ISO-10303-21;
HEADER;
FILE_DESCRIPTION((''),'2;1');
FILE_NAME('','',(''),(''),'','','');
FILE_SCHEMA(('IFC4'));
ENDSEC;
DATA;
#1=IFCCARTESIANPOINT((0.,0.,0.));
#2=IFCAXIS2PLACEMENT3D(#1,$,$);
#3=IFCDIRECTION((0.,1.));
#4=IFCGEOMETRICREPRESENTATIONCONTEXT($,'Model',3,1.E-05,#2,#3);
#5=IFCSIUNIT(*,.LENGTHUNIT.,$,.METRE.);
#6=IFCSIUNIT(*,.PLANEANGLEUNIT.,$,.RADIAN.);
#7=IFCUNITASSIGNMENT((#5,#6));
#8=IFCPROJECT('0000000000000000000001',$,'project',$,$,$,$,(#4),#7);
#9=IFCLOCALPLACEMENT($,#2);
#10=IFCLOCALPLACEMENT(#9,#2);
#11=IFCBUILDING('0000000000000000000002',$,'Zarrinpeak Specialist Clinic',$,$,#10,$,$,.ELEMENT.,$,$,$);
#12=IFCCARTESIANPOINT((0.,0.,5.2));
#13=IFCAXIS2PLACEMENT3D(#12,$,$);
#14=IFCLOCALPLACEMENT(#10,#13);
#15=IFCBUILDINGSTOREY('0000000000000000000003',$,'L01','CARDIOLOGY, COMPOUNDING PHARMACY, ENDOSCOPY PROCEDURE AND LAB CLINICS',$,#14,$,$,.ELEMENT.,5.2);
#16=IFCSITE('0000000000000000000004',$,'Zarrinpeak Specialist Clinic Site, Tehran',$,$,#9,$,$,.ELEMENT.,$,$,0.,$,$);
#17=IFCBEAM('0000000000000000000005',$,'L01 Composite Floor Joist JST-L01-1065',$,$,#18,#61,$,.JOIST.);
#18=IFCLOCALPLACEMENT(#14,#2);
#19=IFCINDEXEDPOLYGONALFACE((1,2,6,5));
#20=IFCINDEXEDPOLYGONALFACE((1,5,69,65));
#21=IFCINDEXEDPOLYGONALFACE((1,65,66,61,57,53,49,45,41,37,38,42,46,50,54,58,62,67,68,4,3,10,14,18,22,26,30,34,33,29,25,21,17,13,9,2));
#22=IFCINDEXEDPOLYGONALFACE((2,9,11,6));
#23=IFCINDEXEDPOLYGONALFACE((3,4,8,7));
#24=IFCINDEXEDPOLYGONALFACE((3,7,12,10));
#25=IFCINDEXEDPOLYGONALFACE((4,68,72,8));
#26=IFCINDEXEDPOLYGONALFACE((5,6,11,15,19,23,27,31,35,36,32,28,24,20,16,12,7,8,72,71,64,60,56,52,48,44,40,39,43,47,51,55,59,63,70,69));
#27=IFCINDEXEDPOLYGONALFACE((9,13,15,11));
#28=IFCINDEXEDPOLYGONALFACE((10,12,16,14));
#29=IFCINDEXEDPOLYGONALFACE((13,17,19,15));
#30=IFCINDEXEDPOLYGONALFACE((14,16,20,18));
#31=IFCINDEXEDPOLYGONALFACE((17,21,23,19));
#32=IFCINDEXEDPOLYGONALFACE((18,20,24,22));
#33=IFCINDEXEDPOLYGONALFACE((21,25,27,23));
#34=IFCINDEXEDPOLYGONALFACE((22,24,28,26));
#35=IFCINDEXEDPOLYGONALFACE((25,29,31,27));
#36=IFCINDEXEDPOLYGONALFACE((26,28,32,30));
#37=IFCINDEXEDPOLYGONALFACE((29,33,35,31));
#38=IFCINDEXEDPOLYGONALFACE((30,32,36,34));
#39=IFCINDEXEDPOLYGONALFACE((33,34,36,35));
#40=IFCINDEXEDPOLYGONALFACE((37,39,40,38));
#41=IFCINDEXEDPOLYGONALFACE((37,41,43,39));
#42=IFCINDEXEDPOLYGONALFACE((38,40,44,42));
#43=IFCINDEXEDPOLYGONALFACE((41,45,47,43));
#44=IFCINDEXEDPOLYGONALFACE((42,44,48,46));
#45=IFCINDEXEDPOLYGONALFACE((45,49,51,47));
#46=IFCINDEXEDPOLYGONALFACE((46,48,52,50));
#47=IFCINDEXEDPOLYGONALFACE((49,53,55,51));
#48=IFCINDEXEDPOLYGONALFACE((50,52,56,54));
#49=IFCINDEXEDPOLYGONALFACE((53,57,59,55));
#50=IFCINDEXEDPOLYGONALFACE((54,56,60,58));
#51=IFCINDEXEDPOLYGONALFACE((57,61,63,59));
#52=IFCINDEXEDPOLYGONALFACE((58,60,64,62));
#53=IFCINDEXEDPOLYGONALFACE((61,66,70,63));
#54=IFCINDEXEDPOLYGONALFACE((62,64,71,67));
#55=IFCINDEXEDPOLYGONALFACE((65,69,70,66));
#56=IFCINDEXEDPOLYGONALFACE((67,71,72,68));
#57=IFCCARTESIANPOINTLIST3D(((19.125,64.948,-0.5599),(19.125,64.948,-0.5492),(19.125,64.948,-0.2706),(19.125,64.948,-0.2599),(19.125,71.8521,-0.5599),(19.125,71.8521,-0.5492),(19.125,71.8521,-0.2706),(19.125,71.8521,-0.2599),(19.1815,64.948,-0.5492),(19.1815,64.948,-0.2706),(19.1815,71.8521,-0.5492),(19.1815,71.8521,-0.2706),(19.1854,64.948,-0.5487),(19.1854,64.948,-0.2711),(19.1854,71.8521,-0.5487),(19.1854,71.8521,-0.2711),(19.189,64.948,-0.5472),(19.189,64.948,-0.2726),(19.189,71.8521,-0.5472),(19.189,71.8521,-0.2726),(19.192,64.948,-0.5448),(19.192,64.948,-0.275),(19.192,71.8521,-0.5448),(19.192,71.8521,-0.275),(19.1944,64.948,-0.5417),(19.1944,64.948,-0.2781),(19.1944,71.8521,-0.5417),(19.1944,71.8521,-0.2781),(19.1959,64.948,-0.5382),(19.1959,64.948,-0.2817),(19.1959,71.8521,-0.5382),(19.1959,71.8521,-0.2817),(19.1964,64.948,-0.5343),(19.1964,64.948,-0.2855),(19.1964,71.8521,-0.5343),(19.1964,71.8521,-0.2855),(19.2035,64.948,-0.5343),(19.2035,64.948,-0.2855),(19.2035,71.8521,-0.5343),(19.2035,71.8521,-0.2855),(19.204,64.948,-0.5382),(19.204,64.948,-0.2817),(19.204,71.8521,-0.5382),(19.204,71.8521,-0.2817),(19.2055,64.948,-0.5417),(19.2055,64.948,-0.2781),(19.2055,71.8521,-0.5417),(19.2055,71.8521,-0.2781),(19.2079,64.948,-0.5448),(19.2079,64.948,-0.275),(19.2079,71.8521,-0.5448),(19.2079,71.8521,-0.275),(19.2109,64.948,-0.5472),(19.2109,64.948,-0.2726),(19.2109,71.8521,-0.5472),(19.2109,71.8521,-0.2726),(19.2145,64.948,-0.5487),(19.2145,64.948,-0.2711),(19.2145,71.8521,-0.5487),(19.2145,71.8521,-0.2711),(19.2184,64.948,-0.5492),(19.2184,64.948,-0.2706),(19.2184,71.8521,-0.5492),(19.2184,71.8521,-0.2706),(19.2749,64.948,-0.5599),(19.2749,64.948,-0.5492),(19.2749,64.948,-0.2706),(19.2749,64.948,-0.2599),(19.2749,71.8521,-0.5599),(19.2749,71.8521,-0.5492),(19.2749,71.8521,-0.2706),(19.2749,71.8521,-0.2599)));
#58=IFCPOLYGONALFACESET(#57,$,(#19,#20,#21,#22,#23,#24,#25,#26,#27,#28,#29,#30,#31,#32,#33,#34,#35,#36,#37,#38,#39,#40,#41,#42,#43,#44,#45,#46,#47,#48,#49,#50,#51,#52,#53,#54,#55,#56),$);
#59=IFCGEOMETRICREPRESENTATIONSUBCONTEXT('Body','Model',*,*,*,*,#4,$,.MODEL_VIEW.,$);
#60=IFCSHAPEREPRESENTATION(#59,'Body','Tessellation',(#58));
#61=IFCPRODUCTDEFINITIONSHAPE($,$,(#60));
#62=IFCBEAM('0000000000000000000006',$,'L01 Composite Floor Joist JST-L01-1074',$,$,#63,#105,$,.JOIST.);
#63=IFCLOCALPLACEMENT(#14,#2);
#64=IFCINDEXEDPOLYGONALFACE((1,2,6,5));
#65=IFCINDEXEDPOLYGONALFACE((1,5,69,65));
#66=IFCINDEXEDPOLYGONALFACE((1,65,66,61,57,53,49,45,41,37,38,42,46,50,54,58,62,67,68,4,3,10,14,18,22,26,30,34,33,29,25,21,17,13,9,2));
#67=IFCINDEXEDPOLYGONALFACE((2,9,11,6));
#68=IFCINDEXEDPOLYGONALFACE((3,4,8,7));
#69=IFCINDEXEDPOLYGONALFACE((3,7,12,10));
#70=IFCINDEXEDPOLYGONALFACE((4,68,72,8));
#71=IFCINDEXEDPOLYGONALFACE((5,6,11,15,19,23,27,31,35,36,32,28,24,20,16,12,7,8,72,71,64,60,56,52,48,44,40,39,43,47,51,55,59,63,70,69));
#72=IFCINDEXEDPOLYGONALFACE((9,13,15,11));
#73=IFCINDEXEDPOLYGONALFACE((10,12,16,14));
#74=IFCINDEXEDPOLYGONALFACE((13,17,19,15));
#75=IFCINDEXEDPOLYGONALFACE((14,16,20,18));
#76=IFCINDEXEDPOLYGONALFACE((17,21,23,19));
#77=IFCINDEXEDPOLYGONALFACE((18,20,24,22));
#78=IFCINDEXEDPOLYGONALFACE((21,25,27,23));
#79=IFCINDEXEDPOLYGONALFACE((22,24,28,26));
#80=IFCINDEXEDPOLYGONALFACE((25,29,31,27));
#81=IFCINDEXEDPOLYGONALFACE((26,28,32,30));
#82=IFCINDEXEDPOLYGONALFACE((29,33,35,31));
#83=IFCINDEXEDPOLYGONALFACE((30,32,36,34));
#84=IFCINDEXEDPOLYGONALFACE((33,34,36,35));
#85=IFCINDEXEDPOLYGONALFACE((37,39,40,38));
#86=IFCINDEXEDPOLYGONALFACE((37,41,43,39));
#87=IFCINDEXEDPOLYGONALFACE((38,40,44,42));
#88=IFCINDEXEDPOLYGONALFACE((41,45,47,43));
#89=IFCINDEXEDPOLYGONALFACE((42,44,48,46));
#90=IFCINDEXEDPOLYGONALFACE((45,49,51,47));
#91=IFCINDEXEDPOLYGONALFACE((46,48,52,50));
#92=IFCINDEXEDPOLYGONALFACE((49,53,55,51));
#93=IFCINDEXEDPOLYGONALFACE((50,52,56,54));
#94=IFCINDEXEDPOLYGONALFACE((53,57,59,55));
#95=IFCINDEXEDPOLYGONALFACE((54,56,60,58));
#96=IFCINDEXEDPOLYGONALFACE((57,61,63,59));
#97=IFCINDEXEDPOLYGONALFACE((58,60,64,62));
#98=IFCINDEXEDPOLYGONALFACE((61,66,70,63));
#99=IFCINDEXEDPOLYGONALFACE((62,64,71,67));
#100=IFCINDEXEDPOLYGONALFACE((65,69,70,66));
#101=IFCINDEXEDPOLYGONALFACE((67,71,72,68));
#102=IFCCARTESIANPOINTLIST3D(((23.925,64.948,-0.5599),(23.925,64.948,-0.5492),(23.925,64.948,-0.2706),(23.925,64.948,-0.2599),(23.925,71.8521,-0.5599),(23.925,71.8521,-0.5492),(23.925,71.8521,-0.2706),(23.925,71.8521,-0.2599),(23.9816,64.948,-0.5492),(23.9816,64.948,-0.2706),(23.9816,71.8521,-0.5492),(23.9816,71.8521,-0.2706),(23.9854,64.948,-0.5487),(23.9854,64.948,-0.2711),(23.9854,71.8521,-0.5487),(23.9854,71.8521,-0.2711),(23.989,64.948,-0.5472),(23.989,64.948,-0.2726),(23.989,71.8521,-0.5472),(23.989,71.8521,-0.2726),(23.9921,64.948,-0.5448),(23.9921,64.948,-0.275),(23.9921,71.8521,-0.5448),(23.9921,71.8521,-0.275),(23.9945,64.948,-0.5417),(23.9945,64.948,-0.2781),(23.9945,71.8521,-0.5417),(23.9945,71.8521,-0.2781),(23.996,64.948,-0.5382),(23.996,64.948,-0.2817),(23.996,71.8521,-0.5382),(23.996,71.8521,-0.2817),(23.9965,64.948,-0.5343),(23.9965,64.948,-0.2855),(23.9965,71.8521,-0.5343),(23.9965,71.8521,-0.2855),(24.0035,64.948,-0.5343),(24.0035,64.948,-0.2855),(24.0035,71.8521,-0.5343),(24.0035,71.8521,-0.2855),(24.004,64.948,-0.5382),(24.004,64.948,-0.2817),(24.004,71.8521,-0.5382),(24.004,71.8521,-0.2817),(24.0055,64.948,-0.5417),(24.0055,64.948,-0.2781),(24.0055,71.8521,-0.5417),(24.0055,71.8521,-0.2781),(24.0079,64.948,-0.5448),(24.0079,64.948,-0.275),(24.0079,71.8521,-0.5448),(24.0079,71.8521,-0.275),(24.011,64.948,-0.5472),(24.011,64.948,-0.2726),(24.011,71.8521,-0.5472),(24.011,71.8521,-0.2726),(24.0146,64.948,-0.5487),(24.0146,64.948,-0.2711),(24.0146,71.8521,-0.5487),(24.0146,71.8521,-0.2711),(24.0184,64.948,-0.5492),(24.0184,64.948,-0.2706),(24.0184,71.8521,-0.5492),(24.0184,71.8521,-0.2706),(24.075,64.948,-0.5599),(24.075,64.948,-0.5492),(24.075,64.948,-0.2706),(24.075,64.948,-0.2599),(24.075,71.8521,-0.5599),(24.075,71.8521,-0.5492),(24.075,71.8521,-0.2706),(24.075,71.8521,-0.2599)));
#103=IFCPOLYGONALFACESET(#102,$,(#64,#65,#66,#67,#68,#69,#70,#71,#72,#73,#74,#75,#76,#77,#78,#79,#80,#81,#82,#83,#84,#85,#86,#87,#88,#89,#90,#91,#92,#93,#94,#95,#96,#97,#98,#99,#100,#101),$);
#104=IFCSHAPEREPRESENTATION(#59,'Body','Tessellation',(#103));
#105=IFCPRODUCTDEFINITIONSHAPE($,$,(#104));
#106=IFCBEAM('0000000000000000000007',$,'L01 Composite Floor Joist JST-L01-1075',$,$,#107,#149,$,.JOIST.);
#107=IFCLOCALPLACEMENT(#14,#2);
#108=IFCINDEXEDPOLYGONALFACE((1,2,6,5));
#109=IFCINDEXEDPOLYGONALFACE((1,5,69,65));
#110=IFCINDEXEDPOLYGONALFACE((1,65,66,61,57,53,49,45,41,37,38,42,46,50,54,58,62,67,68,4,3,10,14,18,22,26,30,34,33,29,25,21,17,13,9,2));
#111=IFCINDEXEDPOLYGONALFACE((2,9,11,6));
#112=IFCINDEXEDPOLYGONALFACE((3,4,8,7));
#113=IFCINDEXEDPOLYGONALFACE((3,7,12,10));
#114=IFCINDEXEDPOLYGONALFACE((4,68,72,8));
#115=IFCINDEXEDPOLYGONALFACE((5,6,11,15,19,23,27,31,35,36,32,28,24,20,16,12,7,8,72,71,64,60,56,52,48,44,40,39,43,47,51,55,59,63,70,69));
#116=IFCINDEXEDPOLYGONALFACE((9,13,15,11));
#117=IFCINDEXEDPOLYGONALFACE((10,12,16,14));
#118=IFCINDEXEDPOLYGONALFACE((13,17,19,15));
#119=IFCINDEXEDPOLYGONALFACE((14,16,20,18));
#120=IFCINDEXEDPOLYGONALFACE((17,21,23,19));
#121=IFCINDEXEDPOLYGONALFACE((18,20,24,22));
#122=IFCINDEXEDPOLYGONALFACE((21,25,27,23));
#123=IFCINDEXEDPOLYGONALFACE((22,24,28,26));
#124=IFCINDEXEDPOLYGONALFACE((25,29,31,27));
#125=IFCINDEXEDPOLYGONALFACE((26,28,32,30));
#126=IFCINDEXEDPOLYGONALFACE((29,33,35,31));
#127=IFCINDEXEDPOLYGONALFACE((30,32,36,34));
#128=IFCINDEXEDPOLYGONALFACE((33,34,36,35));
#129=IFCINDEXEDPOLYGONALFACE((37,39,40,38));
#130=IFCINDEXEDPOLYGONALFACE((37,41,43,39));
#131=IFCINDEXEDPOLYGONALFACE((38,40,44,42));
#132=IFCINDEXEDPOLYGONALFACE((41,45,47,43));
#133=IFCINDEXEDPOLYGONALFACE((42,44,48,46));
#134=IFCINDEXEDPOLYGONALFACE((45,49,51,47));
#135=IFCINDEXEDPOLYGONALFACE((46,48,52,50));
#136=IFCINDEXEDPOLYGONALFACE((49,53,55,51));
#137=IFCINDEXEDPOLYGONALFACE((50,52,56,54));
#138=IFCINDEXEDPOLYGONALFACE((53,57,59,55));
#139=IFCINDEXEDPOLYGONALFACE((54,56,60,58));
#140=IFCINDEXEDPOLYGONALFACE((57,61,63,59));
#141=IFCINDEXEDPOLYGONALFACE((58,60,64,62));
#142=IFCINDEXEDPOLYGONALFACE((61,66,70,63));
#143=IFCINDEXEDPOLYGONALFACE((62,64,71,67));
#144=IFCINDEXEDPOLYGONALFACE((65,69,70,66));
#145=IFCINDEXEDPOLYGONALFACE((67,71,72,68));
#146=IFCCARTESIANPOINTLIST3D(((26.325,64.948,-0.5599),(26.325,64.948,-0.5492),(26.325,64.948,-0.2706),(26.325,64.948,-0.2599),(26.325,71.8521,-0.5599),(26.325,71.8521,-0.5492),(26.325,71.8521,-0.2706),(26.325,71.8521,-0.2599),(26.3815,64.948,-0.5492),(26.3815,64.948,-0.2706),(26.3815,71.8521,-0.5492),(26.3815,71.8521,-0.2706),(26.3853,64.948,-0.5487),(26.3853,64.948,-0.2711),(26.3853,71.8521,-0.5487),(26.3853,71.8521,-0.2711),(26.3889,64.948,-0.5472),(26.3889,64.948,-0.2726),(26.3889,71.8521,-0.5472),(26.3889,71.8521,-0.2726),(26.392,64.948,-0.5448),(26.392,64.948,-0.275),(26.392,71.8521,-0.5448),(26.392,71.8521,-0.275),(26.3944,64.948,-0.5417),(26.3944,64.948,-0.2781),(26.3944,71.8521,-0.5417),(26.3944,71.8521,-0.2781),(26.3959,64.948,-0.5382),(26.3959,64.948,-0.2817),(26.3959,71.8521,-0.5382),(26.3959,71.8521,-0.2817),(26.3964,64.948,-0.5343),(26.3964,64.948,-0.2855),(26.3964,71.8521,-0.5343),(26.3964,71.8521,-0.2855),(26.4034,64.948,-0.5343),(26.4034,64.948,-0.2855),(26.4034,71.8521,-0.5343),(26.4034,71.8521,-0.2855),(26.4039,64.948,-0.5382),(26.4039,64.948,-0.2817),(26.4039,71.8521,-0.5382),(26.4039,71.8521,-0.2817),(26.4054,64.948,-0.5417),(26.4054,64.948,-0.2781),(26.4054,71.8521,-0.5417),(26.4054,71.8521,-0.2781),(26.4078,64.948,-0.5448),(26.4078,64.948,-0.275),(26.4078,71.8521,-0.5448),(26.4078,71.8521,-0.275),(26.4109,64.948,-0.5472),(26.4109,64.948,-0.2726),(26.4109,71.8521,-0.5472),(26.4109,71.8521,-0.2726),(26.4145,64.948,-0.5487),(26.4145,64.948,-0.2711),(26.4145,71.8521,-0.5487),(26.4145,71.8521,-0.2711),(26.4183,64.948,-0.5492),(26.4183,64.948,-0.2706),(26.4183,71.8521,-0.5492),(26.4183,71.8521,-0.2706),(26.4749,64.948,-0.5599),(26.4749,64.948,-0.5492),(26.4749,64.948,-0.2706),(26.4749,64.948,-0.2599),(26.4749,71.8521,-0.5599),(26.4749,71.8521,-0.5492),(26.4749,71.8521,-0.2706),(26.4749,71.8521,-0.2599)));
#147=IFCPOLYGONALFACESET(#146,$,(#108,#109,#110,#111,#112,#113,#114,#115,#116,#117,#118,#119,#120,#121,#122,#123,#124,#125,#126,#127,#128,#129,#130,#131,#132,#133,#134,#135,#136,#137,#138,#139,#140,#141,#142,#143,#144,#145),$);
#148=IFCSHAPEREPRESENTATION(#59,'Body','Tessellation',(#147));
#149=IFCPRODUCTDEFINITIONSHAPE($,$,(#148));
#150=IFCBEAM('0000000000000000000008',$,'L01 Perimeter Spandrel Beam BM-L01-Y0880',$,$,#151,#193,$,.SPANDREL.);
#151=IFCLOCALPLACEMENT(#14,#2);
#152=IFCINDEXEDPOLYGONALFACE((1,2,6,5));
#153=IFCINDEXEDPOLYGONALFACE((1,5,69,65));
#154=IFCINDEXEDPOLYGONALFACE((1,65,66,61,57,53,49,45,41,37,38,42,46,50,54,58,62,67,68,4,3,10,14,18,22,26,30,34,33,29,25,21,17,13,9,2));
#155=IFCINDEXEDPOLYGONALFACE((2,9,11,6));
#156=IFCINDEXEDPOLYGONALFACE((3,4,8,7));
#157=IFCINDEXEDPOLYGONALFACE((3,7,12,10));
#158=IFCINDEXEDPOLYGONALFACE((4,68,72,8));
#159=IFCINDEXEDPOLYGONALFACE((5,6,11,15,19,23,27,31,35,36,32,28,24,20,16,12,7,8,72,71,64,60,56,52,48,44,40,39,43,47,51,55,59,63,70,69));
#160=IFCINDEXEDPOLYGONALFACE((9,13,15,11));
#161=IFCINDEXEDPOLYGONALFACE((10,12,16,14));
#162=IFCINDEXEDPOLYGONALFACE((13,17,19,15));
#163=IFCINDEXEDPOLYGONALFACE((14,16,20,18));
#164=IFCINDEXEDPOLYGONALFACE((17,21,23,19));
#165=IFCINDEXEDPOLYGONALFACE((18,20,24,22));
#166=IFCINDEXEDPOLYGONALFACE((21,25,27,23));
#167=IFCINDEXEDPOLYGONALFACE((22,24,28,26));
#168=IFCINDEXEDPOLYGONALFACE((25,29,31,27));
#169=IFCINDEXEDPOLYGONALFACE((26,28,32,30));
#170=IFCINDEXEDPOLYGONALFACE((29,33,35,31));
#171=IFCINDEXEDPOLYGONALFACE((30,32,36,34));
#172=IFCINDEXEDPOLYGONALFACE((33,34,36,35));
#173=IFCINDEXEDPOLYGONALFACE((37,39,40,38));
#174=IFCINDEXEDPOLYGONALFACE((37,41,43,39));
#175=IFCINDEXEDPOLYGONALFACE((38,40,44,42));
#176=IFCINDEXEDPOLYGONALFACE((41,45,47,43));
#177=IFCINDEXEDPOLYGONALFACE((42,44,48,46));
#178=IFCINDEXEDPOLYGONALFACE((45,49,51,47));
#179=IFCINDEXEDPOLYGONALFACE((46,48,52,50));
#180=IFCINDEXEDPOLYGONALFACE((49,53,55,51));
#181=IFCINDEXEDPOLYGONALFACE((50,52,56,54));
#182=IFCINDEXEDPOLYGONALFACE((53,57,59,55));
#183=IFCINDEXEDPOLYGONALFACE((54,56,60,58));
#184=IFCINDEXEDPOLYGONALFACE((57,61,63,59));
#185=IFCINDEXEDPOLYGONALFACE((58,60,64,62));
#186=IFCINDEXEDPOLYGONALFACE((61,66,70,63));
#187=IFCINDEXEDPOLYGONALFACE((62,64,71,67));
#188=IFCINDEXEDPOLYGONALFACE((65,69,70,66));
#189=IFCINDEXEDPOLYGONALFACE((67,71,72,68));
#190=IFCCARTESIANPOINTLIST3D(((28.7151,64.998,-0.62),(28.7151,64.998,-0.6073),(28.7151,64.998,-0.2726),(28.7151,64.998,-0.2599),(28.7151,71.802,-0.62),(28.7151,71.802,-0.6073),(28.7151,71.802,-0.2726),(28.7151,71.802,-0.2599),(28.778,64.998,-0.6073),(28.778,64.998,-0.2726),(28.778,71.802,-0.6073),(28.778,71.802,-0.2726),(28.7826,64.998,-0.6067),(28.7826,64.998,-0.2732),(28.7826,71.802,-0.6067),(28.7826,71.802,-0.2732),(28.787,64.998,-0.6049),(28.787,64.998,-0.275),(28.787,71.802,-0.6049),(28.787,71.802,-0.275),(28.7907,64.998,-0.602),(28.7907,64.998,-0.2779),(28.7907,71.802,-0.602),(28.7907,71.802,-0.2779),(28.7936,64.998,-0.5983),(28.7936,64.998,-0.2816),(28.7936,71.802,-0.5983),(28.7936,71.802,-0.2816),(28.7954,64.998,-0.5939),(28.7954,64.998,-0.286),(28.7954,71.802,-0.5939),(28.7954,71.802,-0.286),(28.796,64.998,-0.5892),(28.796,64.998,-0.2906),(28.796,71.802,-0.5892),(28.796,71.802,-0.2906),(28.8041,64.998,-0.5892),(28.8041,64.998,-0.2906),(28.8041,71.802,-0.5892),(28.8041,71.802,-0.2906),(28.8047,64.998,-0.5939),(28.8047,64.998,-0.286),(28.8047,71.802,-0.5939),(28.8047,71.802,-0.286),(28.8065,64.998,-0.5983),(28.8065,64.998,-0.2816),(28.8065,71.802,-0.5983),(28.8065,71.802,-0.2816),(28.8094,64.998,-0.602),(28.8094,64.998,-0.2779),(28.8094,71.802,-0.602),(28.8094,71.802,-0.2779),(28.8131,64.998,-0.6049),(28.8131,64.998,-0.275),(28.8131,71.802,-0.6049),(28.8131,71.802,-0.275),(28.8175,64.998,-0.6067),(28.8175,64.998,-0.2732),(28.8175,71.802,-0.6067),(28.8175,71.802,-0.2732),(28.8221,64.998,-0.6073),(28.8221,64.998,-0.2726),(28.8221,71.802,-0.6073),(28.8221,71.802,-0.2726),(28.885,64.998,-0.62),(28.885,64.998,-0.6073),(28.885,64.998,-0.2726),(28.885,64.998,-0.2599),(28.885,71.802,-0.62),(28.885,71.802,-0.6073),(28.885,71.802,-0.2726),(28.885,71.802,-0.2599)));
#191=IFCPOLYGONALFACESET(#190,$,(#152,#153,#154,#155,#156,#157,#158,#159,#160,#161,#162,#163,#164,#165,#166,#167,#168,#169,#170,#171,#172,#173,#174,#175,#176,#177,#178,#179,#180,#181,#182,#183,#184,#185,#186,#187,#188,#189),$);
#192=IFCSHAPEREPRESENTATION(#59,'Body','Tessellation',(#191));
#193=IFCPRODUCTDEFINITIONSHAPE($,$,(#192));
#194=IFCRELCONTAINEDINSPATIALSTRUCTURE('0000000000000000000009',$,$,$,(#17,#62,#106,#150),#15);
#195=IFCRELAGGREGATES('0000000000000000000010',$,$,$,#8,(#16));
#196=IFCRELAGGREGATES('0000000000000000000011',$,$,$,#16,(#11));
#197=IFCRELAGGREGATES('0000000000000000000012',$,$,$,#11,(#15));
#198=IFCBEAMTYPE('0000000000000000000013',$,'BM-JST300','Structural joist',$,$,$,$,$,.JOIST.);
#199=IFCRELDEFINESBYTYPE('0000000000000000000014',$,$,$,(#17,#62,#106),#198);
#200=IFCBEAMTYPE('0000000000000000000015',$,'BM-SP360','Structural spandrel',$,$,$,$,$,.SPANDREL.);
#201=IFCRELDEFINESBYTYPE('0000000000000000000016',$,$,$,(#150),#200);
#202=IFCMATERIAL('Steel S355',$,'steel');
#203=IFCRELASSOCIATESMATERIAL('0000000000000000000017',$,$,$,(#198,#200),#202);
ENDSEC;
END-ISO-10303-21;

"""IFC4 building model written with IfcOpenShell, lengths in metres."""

from ifc_helpers import new_model, si_unit, direction, frame, origin, origin_2d, place, context, subcontext, project, spatial, i_section, extrude, material, material_profile, profile_set, type_object, element, save


model = new_model("IFC4")

# Units and contexts
model_context = context("Model", 3, precision=1e-05, world=origin(), true_north=direction((0.0, 1.0)))
body_context = subcontext(model_context, "Body", "Model", "MODEL_VIEW")
ifc_project = project(units=[si_unit("LENGTHUNIT", "METRE"), si_unit("PLANEANGLEUNIT", "RADIAN")], contexts=[model_context])

# Site, building, storey
site_placement = place(None, origin())
site = spatial("IfcSite", under=ifc_project, at=site_placement, Name="Zarrinpeak Specialist Clinic Site, Tehran", CompositionType="ELEMENT", RefElevation=0.0)
building_placement = place(site_placement, origin())
building = spatial("IfcBuilding", under=site, at=building_placement, Name="Zarrinpeak Specialist Clinic", CompositionType="ELEMENT")
storey_placement = place(building_placement, frame((0.0, 0.0, 5.2)))
storey = spatial("IfcBuildingStorey", under=building, at=storey_placement, Name="L01", Description="CARDIOLOGY, COMPOUNDING PHARMACY, ENDOSCOPY PROCEDURE AND LAB CLINICS", CompositionType="ELEMENT", Elevation=5.2)

# Shared definitions
ifc_material_1 = material(Name="Steel S355", Category="steel")

# Beams
ifc_material_profile_1 = material_profile(ifc_material_1, i_section(OverallWidth=0.1499, OverallDepth=0.3, WebThickness=0.0071, FlangeThickness=0.0107, FilletRadius=0.0149, at=origin_2d()), Name="IPE 300")
ifc_profile_set_1 = profile_set([ifc_material_profile_1], Name="Steel S355")
beam_type_1 = type_object("IfcBeamType", Name="BM-JST300", Description="Structural joist", PredefinedType="JOIST", material=ifc_profile_set_1)
for number, where, z_axis, x_axis, name in (
    (1, (19.2, 64.948, -0.4099), (0.0, 1.0, 0.0), (-1.0, 0.0, 0.0), "L01 Composite Floor Joist JST-L01-1065"),
    (2, (24.0, 64.948, -0.4099), (0.0, 1.0, 0.0), (-1.0, 0.0, 0.0), "L01 Composite Floor Joist JST-L01-1074"),
    (3, (26.3999, 64.948, -0.4099), (0.0, 1.0, 0.0), (-1.0, 0.0, 0.0), "L01 Composite Floor Joist JST-L01-1075"),
):
    element("IfcBeam", number, at=place(storey_placement, frame(where, z_axis=z_axis, x_axis=x_axis)), inside=storey, type_object=beam_type_1, Name=name, PredefinedType="JOIST", context=body_context, shape_type="SweptSolid", body=[
        extrude(i_section(OverallWidth=0.1499, OverallDepth=0.3, WebThickness=0.0071, FlangeThickness=0.0107, FilletRadius=0.0149, at=origin_2d()), origin(), (0.0, 0.0, 1.0), 6.9041),
    ])
ifc_material_profile_2 = material_profile(ifc_material_1, i_section(OverallWidth=0.1699, OverallDepth=0.3601, WebThickness=0.0081, FlangeThickness=0.0127, FilletRadius=0.0181, at=origin_2d()), Name="IPE 360")
ifc_profile_set_2 = profile_set([ifc_material_profile_2], Name="Steel S355")
beam_type_2 = type_object("IfcBeamType", Name="BM-SP360", Description="Structural spandrel", PredefinedType="SPANDREL", material=ifc_profile_set_2)
beam_1_placement = place(storey_placement, frame((28.8, 64.998, -0.4399), z_axis=(0.0, 1.0, 0.0), x_axis=(-1.0, 0.0, 0.0)))
element("IfcBeam", 4, at=beam_1_placement, inside=storey, type_object=beam_type_2, Name="L01 Perimeter Spandrel Beam BM-L01-Y0880", PredefinedType="SPANDREL", context=body_context, shape_type="SweptSolid", body=[
    extrude(i_section(OverallWidth=0.1699, OverallDepth=0.3601, WebThickness=0.0081, FlangeThickness=0.0127, FilletRadius=0.0181, at=origin_2d()), origin(), (0.0, 0.0, 1.0), 6.804),
])

save(model, "model.ifc")
